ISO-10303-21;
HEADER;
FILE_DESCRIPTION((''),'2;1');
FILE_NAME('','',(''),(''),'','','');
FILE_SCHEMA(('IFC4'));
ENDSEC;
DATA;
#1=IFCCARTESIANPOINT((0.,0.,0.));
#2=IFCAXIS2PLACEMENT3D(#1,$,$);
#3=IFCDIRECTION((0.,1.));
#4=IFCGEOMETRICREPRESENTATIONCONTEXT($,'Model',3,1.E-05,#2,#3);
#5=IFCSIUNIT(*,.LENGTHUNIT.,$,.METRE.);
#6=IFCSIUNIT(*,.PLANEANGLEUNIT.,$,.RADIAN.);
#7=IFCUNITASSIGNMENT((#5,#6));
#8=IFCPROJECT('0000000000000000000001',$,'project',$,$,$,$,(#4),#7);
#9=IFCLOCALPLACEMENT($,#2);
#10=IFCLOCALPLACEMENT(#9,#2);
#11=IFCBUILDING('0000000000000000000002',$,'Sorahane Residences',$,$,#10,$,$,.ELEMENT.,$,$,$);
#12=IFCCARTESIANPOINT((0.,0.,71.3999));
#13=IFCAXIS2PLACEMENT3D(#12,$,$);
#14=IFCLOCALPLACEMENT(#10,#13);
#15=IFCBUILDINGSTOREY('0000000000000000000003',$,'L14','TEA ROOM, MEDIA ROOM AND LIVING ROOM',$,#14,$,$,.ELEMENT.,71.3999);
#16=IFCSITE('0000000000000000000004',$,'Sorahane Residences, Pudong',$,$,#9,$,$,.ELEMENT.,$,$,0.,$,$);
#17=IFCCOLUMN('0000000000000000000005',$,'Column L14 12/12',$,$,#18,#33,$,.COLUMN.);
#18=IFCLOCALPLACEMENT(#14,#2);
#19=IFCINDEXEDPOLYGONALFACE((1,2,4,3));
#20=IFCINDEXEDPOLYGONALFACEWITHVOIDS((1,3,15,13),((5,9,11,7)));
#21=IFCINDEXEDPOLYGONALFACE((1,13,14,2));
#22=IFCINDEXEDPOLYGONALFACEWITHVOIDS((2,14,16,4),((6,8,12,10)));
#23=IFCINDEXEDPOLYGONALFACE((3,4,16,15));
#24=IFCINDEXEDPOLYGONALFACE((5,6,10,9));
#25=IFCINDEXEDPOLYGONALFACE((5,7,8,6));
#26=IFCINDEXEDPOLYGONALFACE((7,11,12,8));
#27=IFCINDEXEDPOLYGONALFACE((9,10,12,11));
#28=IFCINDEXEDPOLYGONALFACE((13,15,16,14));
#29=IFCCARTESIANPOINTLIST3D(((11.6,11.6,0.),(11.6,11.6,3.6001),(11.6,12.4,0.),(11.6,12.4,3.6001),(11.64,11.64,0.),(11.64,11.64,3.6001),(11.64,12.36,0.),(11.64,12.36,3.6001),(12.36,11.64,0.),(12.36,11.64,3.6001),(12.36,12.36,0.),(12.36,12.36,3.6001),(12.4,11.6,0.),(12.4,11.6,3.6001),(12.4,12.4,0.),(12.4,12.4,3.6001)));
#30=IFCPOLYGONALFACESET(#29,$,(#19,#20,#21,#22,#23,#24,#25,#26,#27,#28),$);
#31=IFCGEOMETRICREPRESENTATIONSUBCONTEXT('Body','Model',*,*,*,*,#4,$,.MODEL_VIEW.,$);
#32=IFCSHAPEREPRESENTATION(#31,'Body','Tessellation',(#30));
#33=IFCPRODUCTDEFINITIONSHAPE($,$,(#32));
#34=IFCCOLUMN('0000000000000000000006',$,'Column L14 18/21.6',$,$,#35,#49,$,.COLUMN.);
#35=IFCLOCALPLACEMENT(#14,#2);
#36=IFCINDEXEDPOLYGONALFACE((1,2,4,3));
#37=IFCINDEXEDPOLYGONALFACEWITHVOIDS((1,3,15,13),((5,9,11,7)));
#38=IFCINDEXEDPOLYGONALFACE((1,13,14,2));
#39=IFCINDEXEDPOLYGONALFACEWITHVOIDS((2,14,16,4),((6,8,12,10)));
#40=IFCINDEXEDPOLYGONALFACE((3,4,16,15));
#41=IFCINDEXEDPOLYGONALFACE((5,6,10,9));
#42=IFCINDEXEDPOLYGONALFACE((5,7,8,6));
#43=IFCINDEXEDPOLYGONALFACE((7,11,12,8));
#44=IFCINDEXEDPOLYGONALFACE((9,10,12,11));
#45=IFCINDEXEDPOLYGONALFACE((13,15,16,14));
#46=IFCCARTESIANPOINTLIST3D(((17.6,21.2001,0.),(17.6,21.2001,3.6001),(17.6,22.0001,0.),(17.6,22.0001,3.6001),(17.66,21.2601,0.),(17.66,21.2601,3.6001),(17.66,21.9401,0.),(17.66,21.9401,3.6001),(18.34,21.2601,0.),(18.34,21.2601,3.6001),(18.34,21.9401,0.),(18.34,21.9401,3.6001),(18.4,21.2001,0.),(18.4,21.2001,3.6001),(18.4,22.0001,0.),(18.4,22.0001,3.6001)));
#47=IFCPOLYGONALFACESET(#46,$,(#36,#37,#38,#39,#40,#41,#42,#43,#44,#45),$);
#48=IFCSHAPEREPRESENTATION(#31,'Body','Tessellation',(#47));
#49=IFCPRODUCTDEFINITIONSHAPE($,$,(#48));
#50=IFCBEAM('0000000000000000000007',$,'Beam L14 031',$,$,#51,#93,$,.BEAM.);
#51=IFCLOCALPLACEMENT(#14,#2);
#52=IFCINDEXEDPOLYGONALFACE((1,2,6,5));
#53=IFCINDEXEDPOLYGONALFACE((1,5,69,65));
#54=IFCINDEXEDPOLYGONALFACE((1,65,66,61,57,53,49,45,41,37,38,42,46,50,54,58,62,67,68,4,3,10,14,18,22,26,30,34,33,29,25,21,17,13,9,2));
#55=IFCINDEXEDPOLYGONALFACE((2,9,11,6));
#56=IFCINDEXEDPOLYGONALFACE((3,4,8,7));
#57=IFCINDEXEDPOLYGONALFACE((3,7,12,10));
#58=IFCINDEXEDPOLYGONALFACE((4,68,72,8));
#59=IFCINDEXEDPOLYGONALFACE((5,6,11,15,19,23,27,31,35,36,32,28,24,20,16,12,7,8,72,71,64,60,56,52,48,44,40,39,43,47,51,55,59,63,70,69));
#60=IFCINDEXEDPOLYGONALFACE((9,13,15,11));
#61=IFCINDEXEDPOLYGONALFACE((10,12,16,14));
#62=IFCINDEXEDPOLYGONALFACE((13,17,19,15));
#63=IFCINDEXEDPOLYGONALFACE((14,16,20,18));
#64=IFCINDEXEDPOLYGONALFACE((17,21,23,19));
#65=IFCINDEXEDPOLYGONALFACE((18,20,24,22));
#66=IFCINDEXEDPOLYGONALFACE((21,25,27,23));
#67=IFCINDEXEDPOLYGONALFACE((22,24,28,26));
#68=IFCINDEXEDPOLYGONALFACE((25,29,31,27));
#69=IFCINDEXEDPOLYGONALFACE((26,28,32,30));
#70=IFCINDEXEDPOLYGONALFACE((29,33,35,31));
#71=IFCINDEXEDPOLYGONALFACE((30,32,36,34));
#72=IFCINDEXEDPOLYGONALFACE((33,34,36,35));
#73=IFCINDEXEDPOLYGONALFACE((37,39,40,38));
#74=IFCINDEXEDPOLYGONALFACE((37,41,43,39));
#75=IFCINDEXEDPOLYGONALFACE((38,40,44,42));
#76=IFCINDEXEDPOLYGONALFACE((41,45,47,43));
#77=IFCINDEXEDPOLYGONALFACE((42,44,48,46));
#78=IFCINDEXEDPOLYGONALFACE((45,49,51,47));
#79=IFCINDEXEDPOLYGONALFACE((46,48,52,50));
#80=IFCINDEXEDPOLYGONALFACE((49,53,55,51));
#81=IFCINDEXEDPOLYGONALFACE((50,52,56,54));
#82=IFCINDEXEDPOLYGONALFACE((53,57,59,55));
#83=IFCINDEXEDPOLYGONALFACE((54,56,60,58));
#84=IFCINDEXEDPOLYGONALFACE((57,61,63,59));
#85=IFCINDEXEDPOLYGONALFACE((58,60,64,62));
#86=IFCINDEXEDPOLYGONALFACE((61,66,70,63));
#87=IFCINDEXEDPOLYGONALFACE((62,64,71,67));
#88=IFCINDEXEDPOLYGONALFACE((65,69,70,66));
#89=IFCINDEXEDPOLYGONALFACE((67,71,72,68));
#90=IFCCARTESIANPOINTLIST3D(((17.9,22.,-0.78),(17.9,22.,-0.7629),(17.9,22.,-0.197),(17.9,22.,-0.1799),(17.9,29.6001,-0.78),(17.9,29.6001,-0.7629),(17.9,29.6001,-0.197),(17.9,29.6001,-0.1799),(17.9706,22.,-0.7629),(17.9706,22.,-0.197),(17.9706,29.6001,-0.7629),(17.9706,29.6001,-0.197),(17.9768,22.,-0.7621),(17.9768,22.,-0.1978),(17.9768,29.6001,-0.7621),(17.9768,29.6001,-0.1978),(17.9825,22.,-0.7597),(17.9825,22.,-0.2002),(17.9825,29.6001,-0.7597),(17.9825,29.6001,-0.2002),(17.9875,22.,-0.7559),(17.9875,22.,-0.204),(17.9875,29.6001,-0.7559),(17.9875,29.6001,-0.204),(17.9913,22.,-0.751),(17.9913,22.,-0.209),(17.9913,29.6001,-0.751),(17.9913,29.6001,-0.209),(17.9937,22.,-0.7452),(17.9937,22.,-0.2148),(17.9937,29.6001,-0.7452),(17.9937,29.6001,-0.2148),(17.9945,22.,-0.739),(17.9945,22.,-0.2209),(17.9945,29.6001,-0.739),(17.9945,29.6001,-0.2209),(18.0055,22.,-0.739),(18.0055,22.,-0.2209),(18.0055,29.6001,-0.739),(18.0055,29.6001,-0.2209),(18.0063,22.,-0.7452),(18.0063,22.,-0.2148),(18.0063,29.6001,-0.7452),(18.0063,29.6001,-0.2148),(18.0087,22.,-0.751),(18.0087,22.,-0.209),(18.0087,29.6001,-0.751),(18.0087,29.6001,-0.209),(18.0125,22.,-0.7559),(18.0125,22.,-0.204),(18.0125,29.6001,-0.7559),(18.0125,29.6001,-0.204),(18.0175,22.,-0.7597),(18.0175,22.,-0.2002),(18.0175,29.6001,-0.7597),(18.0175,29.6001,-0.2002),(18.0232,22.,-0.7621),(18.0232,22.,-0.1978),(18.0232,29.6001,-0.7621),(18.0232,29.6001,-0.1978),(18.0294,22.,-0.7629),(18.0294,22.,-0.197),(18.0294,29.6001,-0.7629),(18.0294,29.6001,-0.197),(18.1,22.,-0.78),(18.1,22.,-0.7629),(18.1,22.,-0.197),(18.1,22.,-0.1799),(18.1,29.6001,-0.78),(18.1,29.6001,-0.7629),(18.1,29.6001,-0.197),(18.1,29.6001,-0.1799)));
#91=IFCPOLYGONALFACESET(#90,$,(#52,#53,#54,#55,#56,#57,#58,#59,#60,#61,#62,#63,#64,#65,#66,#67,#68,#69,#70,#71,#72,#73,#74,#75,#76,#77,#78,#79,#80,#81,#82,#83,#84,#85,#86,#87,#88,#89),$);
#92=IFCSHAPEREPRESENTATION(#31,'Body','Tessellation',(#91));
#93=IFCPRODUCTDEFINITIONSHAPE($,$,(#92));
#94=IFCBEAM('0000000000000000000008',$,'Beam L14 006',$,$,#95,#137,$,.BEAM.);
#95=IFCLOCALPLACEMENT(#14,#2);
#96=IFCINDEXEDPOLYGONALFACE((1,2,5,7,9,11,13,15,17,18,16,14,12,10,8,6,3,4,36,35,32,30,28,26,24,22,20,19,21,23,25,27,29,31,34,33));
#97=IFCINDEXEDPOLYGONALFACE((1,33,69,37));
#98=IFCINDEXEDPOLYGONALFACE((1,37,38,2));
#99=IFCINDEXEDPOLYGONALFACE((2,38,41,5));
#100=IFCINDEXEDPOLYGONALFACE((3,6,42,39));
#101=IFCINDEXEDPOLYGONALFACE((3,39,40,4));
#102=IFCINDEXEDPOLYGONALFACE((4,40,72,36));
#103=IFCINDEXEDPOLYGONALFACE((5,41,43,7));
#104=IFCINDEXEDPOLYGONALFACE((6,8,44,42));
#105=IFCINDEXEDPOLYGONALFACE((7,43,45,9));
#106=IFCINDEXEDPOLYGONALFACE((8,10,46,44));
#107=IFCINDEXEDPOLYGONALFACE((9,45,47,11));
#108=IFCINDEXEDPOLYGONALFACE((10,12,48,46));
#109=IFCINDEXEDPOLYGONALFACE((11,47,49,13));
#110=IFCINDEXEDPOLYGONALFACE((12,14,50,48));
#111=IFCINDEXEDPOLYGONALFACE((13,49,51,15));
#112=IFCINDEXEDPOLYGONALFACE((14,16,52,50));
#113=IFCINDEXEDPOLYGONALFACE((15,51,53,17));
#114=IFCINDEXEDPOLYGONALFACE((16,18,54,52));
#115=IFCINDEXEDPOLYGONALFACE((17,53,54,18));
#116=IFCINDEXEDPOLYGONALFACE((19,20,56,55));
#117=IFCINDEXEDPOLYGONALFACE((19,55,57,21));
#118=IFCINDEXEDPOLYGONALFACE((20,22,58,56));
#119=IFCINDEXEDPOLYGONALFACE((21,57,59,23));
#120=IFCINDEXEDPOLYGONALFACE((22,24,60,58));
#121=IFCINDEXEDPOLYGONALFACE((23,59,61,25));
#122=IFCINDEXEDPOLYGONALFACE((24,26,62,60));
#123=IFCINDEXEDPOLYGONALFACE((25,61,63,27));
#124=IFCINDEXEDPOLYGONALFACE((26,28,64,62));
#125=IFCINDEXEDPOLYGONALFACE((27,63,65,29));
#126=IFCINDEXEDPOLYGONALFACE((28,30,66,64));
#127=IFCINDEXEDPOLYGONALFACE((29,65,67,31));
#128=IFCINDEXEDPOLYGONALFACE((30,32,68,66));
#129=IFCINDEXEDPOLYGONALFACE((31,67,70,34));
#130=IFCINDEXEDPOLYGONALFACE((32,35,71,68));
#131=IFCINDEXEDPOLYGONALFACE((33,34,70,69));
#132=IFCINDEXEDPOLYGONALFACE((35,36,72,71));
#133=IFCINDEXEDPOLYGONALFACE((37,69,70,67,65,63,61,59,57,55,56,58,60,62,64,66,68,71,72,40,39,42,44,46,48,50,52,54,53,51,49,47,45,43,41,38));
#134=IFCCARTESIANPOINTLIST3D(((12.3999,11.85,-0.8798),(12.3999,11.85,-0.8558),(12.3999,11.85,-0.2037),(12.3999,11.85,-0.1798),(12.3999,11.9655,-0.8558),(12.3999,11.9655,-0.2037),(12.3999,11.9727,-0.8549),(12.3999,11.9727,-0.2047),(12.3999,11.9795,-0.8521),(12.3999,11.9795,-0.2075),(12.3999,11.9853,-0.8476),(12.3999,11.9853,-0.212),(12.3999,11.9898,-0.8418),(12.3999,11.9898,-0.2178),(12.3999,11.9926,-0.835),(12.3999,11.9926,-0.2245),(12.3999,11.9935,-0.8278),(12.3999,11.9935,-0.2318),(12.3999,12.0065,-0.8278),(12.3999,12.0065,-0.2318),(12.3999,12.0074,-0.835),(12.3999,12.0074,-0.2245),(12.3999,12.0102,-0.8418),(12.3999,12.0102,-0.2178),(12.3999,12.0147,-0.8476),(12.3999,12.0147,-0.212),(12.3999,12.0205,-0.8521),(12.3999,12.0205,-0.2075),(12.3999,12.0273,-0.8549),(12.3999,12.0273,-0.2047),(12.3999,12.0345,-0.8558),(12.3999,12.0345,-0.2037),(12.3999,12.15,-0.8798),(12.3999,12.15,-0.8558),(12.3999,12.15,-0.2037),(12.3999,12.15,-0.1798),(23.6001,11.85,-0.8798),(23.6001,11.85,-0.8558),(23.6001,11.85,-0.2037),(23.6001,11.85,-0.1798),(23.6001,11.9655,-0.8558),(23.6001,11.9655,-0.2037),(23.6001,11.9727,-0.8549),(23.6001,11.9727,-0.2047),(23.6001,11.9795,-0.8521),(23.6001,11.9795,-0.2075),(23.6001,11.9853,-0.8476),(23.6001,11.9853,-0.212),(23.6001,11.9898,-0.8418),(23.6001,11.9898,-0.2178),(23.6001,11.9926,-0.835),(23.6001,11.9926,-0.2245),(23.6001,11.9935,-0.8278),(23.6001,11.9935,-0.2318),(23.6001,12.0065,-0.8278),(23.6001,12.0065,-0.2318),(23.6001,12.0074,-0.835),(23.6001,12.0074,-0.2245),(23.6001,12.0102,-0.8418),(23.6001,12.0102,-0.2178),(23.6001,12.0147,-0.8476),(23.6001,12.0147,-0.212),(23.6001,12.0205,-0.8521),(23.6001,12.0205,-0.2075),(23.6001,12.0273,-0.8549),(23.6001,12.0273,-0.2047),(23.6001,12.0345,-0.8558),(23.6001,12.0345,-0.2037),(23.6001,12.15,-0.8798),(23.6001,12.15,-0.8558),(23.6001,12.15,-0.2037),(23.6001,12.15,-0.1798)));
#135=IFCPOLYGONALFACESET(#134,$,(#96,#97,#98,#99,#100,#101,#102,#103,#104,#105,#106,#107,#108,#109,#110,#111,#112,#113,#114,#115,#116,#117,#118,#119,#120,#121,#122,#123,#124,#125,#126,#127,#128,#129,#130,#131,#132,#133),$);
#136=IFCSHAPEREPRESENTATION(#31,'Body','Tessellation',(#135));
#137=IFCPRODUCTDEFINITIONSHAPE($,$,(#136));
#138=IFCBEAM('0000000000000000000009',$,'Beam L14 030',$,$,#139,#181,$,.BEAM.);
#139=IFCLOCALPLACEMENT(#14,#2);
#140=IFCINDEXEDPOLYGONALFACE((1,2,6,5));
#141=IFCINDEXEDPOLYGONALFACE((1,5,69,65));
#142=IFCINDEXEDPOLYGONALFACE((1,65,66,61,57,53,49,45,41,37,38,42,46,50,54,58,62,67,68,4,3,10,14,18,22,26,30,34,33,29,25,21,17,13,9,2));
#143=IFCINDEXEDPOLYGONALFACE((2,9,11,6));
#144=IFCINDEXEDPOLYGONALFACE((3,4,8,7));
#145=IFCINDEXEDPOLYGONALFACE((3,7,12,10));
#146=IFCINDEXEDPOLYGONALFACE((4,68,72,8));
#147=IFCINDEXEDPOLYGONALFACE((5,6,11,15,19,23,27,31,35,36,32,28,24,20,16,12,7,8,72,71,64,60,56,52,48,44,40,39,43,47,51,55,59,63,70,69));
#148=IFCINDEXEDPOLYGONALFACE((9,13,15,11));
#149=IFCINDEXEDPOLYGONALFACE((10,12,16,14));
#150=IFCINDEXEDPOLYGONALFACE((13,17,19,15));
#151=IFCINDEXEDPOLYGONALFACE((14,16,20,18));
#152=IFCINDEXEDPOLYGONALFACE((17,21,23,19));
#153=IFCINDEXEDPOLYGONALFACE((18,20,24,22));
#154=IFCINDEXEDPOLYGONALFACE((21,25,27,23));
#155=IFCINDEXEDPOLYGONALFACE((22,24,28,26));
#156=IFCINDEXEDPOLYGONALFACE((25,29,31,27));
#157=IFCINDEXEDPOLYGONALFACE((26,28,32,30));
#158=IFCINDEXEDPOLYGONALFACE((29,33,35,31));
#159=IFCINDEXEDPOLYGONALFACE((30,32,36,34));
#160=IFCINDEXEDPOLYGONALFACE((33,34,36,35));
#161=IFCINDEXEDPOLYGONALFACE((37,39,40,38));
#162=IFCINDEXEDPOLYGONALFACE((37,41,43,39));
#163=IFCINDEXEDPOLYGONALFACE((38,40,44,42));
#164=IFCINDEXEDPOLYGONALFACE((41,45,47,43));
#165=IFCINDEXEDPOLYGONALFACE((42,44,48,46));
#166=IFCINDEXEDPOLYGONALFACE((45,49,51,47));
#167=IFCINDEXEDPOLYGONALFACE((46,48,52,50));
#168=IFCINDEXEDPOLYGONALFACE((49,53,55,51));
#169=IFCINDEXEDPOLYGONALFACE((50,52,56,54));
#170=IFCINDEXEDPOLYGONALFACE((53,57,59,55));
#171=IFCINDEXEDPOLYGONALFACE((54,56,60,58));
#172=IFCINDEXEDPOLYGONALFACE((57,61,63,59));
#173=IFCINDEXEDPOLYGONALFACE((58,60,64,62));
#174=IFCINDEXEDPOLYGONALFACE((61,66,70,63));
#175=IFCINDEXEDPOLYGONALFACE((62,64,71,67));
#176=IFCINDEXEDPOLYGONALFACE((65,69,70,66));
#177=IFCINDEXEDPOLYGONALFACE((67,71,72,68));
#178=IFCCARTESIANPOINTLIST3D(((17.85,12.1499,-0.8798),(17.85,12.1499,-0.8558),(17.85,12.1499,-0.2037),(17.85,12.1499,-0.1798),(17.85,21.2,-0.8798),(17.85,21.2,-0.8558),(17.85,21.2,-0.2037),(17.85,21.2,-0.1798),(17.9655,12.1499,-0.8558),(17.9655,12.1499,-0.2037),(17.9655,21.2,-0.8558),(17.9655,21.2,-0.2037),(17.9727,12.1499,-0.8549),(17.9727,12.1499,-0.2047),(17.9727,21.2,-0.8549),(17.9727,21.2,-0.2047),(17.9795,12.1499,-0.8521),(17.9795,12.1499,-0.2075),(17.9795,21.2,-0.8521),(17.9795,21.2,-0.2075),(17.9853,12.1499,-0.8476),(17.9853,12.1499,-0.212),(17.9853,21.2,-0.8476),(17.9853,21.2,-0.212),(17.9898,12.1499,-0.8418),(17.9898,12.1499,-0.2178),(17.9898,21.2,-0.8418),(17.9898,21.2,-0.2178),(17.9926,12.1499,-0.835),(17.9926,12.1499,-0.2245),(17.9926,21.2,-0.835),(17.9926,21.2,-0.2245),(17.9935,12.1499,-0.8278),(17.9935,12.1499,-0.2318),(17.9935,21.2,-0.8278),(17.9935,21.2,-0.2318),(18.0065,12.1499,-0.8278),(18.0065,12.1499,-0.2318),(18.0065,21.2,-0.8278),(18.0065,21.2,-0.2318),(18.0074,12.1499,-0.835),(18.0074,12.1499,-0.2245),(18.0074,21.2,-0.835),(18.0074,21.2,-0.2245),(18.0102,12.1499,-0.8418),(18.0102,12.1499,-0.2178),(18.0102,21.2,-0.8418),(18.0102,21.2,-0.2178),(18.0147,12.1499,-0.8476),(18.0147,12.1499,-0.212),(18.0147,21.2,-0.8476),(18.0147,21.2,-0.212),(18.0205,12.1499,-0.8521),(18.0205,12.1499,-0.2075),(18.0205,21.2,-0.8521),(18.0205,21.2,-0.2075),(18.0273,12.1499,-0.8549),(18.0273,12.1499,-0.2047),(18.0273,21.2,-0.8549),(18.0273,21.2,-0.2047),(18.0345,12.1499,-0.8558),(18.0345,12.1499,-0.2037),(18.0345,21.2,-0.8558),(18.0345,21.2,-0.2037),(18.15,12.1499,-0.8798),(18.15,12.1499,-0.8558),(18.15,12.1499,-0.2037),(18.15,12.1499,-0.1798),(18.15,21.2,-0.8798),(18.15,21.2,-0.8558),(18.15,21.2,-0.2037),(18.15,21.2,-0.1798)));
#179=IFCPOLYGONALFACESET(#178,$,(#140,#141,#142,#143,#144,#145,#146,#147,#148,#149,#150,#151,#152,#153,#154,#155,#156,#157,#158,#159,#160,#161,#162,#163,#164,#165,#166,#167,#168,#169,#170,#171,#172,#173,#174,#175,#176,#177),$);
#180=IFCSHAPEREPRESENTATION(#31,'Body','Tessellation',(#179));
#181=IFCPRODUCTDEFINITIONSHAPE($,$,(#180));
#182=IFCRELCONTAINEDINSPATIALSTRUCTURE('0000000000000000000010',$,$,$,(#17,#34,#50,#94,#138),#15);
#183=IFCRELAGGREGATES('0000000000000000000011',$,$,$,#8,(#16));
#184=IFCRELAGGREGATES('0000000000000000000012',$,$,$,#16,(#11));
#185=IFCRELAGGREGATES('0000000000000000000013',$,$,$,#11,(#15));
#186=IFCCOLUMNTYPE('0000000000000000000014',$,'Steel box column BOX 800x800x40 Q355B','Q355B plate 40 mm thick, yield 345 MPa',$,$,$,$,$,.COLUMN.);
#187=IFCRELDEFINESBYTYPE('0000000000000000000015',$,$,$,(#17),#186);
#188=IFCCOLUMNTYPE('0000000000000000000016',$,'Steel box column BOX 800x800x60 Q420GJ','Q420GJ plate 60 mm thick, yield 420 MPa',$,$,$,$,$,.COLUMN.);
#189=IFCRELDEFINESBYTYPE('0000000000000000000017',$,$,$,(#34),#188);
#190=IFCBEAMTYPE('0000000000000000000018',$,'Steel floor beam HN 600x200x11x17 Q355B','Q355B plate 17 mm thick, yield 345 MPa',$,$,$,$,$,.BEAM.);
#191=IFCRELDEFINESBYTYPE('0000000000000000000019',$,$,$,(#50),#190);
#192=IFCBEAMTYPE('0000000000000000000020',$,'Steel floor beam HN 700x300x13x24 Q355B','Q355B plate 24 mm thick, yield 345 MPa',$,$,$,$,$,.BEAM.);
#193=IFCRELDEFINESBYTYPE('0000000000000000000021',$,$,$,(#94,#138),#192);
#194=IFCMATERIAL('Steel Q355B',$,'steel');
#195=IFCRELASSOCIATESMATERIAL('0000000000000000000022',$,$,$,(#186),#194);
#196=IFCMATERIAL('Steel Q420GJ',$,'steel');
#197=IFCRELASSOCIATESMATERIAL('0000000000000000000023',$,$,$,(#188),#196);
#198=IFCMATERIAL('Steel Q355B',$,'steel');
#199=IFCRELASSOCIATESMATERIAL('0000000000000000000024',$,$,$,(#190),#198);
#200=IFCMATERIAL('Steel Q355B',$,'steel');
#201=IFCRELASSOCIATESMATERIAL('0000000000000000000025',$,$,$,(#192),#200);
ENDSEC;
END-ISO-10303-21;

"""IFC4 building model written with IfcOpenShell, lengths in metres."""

from ifc_helpers import new_model, si_unit, direction, frame, origin, origin_2d, place, context, subcontext, project, spatial, hollow_rectangle, i_section, extrude, material, material_profile, profile_set, type_object, element, save


model = new_model("IFC4")

# Units and contexts
model_context = context("Model", 3, precision=1e-05, world=origin(), true_north=direction((0.0, 1.0)))
body_context = subcontext(model_context, "Body", "Model", "MODEL_VIEW")
ifc_project = project(units=[si_unit("LENGTHUNIT", "METRE"), si_unit("PLANEANGLEUNIT", "RADIAN")], contexts=[model_context])

# Site, building, storey
site_placement = place(None, origin())
site = spatial("IfcSite", under=ifc_project, at=site_placement, Name="Sorahane Residences, Pudong", CompositionType="ELEMENT", RefElevation=0.0)
building_placement = place(site_placement, origin())
building = spatial("IfcBuilding", under=site, at=building_placement, Name="Sorahane Residences", CompositionType="ELEMENT")
storey_placement = place(building_placement, frame((0.0, 0.0, 71.3999)))
storey = spatial("IfcBuildingStorey", under=building, at=storey_placement, Name="L14", Description="TEA ROOM, MEDIA ROOM AND LIVING ROOM", CompositionType="ELEMENT", Elevation=71.3999)

# Columns
ifc_material_1 = material(Name="Steel Q355B", Category="steel")
ifc_material_profile_1 = material_profile(ifc_material_1, hollow_rectangle(XDim=0.8, YDim=0.8, WallThickness=0.04, at=origin_2d()), Name="BOX 800x800x40")
ifc_profile_set_1 = profile_set([ifc_material_profile_1], Name="Steel Q355B")
column_type_1 = type_object("IfcColumnType", Name="Steel box column BOX 800x800x40 Q355B", Description="Q355B plate 40 mm thick, yield 345 MPa", PredefinedType="COLUMN", material=ifc_profile_set_1)
column_1_placement = place(storey_placement, frame((12.0, 12.0, 0.0), z_axis=(0.0, 0.0, 1.0), x_axis=(1.0, 0.0, 0.0)))
element("IfcColumn", 1, at=column_1_placement, inside=storey, type_object=column_type_1, Name="Column L14 12/12", PredefinedType="COLUMN", context=body_context, shape_type="SweptSolid", body=[
    extrude(hollow_rectangle(XDim=0.8, YDim=0.8, WallThickness=0.04, at=origin_2d()), origin(), (0.0, 0.0, 1.0), 3.6001),
])
ifc_material_2 = material(Name="Steel Q420GJ", Category="steel")
ifc_material_profile_2 = material_profile(ifc_material_2, hollow_rectangle(XDim=0.8, YDim=0.8, WallThickness=0.0601, at=origin_2d()), Name="BOX 800x800x60")
ifc_profile_set_2 = profile_set([ifc_material_profile_2], Name="Steel Q420GJ")
column_type_2 = type_object("IfcColumnType", Name="Steel box column BOX 800x800x60 Q420GJ", Description="Q420GJ plate 60 mm thick, yield 420 MPa", PredefinedType="COLUMN", material=ifc_profile_set_2)
column_2_placement = place(storey_placement, frame((18.0, 21.6001, 0.0), z_axis=(0.0, 0.0, 1.0), x_axis=(1.0, 0.0, 0.0)))
element("IfcColumn", 2, at=column_2_placement, inside=storey, type_object=column_type_2, Name="Column L14 18/21.6", PredefinedType="COLUMN", context=body_context, shape_type="SweptSolid", body=[
    extrude(hollow_rectangle(XDim=0.8, YDim=0.8, WallThickness=0.0601, at=origin_2d()), origin(), (0.0, 0.0, 1.0), 3.6001),
])

# Beams
ifc_material_3 = material(Name="Steel Q355B", Category="steel")
ifc_material_profile_3 = material_profile(ifc_material_3, i_section(OverallWidth=0.2, OverallDepth=0.6001, WebThickness=0.011, FlangeThickness=0.0171, FilletRadius=0.0239, at=origin_2d()), Name="HN 600x200x11x17")
ifc_profile_set_3 = profile_set([ifc_material_profile_3], Name="Steel Q355B")
beam_type_1 = type_object("IfcBeamType", Name="Steel floor beam HN 600x200x11x17 Q355B", Description="Q355B plate 17 mm thick, yield 345 MPa", PredefinedType="BEAM", material=ifc_profile_set_3)
beam_1_placement = place(storey_placement, frame((18.0, 22.0, -0.48), z_axis=(0.0, 1.0, 0.0), x_axis=(-1.0, 0.0, 0.0)))
element("IfcBeam", 3, at=beam_1_placement, inside=storey, type_object=beam_type_1, Name="Beam L14 031", PredefinedType="BEAM", context=body_context, shape_type="SweptSolid", body=[
    extrude(i_section(OverallWidth=0.2, OverallDepth=0.6001, WebThickness=0.011, FlangeThickness=0.0171, FilletRadius=0.0239, at=origin_2d()), origin(), (0.0, 0.0, 1.0), 7.6001),
])
ifc_material_4 = material(Name="Steel Q355B", Category="steel")
ifc_material_profile_4 = material_profile(ifc_material_4, i_section(OverallWidth=0.3, OverallDepth=0.7, WebThickness=0.0129, FlangeThickness=0.0239, FilletRadius=0.0281, at=origin_2d()), Name="HN 700x300x13x24")
ifc_profile_set_4 = profile_set([ifc_material_profile_4], Name="Steel Q355B")
beam_type_2 = type_object("IfcBeamType", Name="Steel floor beam HN 700x300x13x24 Q355B", Description="Q355B plate 24 mm thick, yield 345 MPa", PredefinedType="BEAM", material=ifc_profile_set_4)
beam_2_placement = place(storey_placement, frame((12.3999, 12.0, -0.5298), z_axis=(1.0, 0.0, 0.0), x_axis=(0.0, 1.0, 0.0)))
element("IfcBeam", 4, at=beam_2_placement, inside=storey, type_object=beam_type_2, Name="Beam L14 006", PredefinedType="BEAM", context=body_context, shape_type="SweptSolid", body=[
    extrude(i_section(OverallWidth=0.3, OverallDepth=0.7, WebThickness=0.0129, FlangeThickness=0.0239, FilletRadius=0.0281, at=origin_2d()), origin(), (0.0, 0.0, 1.0), 11.2002),
])
beam_3_placement = place(storey_placement, frame((18.0, 12.1499, -0.5298), z_axis=(0.0, 1.0, 0.0), x_axis=(-1.0, 0.0, 0.0)))
element("IfcBeam", 5, at=beam_3_placement, inside=storey, type_object=beam_type_2, Name="Beam L14 030", PredefinedType="BEAM", context=body_context, shape_type="SweptSolid", body=[
    extrude(i_section(OverallWidth=0.3, OverallDepth=0.7, WebThickness=0.0129, FlangeThickness=0.0239, FilletRadius=0.0281, at=origin_2d()), origin(), (0.0, 0.0, 1.0), 9.05),
])

save(model, "model.ifc")
